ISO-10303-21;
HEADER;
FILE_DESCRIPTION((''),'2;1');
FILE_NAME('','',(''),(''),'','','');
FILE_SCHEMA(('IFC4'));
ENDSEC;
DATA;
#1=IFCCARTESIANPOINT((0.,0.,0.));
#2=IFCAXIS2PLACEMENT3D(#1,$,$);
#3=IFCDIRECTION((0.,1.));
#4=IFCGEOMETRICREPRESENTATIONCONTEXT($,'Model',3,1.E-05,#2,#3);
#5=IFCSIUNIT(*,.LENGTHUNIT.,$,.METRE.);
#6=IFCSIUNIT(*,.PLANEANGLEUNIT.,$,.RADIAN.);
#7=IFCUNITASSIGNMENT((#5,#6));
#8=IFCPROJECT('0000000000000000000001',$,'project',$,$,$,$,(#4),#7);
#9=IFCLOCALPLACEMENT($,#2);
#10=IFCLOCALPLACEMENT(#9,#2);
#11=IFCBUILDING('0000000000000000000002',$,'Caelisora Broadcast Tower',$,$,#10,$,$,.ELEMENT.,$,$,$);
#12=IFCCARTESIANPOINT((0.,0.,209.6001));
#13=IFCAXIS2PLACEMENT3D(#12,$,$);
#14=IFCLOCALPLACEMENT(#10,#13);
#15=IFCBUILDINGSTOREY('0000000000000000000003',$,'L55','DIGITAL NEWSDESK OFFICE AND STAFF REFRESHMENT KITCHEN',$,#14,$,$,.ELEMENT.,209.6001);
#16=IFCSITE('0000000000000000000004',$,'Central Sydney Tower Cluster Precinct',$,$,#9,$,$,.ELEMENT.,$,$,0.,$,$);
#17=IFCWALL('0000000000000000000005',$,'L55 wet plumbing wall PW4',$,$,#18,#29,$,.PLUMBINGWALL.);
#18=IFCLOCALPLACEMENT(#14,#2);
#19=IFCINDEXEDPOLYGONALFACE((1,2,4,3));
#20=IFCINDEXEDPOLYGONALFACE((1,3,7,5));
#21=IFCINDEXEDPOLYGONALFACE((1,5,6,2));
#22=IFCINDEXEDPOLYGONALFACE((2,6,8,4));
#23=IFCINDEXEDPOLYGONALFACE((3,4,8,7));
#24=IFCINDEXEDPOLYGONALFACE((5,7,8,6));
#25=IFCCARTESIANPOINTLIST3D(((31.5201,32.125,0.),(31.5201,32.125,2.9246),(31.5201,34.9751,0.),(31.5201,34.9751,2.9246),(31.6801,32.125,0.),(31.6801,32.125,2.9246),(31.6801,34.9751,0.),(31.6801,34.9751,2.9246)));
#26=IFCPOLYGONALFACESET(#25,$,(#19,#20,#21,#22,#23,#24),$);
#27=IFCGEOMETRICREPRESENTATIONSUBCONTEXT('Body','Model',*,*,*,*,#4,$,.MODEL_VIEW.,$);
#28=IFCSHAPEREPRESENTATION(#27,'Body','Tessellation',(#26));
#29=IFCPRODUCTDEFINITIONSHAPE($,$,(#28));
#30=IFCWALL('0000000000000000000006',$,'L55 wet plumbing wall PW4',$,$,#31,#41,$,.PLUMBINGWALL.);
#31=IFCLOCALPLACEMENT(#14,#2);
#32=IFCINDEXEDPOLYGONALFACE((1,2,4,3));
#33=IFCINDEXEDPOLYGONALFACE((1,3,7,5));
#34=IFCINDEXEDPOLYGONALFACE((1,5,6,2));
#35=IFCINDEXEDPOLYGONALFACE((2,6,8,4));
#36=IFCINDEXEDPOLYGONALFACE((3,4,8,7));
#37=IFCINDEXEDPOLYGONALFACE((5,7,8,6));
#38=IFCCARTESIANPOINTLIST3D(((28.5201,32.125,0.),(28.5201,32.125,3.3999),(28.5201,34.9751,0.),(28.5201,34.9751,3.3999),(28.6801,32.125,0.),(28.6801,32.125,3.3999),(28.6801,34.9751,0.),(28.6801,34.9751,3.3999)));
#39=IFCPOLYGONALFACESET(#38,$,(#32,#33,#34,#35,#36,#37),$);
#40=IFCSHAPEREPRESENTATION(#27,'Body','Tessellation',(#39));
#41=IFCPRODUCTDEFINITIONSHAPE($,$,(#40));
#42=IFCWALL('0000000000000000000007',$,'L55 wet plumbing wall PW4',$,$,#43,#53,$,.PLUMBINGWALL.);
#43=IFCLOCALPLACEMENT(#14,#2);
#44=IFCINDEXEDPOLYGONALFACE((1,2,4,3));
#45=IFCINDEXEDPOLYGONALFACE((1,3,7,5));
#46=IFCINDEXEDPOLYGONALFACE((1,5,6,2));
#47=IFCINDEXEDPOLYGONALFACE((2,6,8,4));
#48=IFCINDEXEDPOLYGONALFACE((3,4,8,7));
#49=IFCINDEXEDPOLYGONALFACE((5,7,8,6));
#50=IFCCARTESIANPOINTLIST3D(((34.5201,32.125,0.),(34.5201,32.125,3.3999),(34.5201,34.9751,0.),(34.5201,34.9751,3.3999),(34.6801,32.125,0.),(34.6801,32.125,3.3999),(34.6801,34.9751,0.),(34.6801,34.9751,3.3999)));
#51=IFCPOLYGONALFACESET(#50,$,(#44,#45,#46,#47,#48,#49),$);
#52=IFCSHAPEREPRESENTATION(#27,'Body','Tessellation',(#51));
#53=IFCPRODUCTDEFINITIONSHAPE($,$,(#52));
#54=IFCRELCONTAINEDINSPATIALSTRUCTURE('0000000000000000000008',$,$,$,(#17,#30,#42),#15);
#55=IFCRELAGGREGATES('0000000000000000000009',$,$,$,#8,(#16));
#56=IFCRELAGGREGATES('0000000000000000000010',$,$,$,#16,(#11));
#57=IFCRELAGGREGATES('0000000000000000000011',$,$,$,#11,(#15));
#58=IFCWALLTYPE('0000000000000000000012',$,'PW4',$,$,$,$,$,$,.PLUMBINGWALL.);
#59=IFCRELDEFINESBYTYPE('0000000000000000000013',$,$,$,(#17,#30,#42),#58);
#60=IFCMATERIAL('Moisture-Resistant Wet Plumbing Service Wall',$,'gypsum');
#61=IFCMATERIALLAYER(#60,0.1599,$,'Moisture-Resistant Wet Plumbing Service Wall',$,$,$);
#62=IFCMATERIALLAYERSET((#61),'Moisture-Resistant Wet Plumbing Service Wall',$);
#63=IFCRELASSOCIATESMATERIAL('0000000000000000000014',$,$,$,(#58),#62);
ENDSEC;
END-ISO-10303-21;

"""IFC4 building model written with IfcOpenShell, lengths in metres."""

from ifc_helpers import new_model, si_unit, direction, frame, frame_2d, origin, place, context, subcontext, project, spatial, rectangle, extrude, material, layer, layer_set, type_object, element, save


model = new_model("IFC4")

# Units and contexts
model_context = context("Model", 3, precision=1e-05, world=origin(), true_north=direction((0.0, 1.0)))
body_context = subcontext(model_context, "Body", "Model", "MODEL_VIEW")
ifc_project = project(units=[si_unit("LENGTHUNIT", "METRE"), si_unit("PLANEANGLEUNIT", "RADIAN")], contexts=[model_context])

# Site, building, storey
site_placement = place(None, origin())
site = spatial("IfcSite", under=ifc_project, at=site_placement, Name="Central Sydney Tower Cluster Precinct", CompositionType="ELEMENT", RefElevation=0.0)
building_placement = place(site_placement, origin())
building = spatial("IfcBuilding", under=site, at=building_placement, Name="Caelisora Broadcast Tower", CompositionType="ELEMENT")
storey_placement = place(building_placement, frame((0.0, 0.0, 209.6001)))
storey = spatial("IfcBuildingStorey", under=building, at=storey_placement, Name="L55", Description="DIGITAL NEWSDESK OFFICE AND STAFF REFRESHMENT KITCHEN", CompositionType="ELEMENT", Elevation=209.6001)

# Walls
ifc_material_1 = material(Name="Moisture-Resistant Wet Plumbing Service Wall", Category="gypsum")
ifc_layer_1 = layer(ifc_material_1, 0.1599, Name="Moisture-Resistant Wet Plumbing Service Wall")
ifc_layer_set_1 = layer_set([ifc_layer_1], Name="Moisture-Resistant Wet Plumbing Service Wall")
wall_type_1 = type_object("IfcWallType", Name="PW4", PredefinedType="PLUMBINGWALL", material=ifc_layer_set_1)
wall_1_placement = place(storey_placement, frame((31.6001, 32.125, 0.0), z_axis=(0.0, 0.0, 1.0), x_axis=(0.0, 1.0, 0.0)))
element("IfcWall", 1, at=wall_1_placement, inside=storey, type_object=wall_type_1, Name="L55 wet plumbing wall PW4", PredefinedType="PLUMBINGWALL", context=body_context, shape_type="SweptSolid", body=[
    extrude(rectangle(XDim=2.8501, YDim=0.1599, at=frame_2d((1.425, 0.0))), origin(), (0.0, 0.0, 1.0), 2.9246),
])
for number, where, z_axis, x_axis, name in (
    (2, (28.6001, 32.125, 0.0), (0.0, 0.0, 1.0), (0.0, 1.0, 0.0), "L55 wet plumbing wall PW4"),
    (3, (34.6001, 32.125, 0.0), (0.0, 0.0, 1.0), (0.0, 1.0, 0.0), "L55 wet plumbing wall PW4"),
):
    element("IfcWall", number, at=place(storey_placement, frame(where, z_axis=z_axis, x_axis=x_axis)), inside=storey, type_object=wall_type_1, Name=name, PredefinedType="PLUMBINGWALL", context=body_context, shape_type="SweptSolid", body=[
        extrude(rectangle(XDim=2.8501, YDim=0.1599, at=frame_2d((1.425, 0.0))), origin(), (0.0, 0.0, 1.0), 3.3999),
    ])

save(model, "model.ifc")
